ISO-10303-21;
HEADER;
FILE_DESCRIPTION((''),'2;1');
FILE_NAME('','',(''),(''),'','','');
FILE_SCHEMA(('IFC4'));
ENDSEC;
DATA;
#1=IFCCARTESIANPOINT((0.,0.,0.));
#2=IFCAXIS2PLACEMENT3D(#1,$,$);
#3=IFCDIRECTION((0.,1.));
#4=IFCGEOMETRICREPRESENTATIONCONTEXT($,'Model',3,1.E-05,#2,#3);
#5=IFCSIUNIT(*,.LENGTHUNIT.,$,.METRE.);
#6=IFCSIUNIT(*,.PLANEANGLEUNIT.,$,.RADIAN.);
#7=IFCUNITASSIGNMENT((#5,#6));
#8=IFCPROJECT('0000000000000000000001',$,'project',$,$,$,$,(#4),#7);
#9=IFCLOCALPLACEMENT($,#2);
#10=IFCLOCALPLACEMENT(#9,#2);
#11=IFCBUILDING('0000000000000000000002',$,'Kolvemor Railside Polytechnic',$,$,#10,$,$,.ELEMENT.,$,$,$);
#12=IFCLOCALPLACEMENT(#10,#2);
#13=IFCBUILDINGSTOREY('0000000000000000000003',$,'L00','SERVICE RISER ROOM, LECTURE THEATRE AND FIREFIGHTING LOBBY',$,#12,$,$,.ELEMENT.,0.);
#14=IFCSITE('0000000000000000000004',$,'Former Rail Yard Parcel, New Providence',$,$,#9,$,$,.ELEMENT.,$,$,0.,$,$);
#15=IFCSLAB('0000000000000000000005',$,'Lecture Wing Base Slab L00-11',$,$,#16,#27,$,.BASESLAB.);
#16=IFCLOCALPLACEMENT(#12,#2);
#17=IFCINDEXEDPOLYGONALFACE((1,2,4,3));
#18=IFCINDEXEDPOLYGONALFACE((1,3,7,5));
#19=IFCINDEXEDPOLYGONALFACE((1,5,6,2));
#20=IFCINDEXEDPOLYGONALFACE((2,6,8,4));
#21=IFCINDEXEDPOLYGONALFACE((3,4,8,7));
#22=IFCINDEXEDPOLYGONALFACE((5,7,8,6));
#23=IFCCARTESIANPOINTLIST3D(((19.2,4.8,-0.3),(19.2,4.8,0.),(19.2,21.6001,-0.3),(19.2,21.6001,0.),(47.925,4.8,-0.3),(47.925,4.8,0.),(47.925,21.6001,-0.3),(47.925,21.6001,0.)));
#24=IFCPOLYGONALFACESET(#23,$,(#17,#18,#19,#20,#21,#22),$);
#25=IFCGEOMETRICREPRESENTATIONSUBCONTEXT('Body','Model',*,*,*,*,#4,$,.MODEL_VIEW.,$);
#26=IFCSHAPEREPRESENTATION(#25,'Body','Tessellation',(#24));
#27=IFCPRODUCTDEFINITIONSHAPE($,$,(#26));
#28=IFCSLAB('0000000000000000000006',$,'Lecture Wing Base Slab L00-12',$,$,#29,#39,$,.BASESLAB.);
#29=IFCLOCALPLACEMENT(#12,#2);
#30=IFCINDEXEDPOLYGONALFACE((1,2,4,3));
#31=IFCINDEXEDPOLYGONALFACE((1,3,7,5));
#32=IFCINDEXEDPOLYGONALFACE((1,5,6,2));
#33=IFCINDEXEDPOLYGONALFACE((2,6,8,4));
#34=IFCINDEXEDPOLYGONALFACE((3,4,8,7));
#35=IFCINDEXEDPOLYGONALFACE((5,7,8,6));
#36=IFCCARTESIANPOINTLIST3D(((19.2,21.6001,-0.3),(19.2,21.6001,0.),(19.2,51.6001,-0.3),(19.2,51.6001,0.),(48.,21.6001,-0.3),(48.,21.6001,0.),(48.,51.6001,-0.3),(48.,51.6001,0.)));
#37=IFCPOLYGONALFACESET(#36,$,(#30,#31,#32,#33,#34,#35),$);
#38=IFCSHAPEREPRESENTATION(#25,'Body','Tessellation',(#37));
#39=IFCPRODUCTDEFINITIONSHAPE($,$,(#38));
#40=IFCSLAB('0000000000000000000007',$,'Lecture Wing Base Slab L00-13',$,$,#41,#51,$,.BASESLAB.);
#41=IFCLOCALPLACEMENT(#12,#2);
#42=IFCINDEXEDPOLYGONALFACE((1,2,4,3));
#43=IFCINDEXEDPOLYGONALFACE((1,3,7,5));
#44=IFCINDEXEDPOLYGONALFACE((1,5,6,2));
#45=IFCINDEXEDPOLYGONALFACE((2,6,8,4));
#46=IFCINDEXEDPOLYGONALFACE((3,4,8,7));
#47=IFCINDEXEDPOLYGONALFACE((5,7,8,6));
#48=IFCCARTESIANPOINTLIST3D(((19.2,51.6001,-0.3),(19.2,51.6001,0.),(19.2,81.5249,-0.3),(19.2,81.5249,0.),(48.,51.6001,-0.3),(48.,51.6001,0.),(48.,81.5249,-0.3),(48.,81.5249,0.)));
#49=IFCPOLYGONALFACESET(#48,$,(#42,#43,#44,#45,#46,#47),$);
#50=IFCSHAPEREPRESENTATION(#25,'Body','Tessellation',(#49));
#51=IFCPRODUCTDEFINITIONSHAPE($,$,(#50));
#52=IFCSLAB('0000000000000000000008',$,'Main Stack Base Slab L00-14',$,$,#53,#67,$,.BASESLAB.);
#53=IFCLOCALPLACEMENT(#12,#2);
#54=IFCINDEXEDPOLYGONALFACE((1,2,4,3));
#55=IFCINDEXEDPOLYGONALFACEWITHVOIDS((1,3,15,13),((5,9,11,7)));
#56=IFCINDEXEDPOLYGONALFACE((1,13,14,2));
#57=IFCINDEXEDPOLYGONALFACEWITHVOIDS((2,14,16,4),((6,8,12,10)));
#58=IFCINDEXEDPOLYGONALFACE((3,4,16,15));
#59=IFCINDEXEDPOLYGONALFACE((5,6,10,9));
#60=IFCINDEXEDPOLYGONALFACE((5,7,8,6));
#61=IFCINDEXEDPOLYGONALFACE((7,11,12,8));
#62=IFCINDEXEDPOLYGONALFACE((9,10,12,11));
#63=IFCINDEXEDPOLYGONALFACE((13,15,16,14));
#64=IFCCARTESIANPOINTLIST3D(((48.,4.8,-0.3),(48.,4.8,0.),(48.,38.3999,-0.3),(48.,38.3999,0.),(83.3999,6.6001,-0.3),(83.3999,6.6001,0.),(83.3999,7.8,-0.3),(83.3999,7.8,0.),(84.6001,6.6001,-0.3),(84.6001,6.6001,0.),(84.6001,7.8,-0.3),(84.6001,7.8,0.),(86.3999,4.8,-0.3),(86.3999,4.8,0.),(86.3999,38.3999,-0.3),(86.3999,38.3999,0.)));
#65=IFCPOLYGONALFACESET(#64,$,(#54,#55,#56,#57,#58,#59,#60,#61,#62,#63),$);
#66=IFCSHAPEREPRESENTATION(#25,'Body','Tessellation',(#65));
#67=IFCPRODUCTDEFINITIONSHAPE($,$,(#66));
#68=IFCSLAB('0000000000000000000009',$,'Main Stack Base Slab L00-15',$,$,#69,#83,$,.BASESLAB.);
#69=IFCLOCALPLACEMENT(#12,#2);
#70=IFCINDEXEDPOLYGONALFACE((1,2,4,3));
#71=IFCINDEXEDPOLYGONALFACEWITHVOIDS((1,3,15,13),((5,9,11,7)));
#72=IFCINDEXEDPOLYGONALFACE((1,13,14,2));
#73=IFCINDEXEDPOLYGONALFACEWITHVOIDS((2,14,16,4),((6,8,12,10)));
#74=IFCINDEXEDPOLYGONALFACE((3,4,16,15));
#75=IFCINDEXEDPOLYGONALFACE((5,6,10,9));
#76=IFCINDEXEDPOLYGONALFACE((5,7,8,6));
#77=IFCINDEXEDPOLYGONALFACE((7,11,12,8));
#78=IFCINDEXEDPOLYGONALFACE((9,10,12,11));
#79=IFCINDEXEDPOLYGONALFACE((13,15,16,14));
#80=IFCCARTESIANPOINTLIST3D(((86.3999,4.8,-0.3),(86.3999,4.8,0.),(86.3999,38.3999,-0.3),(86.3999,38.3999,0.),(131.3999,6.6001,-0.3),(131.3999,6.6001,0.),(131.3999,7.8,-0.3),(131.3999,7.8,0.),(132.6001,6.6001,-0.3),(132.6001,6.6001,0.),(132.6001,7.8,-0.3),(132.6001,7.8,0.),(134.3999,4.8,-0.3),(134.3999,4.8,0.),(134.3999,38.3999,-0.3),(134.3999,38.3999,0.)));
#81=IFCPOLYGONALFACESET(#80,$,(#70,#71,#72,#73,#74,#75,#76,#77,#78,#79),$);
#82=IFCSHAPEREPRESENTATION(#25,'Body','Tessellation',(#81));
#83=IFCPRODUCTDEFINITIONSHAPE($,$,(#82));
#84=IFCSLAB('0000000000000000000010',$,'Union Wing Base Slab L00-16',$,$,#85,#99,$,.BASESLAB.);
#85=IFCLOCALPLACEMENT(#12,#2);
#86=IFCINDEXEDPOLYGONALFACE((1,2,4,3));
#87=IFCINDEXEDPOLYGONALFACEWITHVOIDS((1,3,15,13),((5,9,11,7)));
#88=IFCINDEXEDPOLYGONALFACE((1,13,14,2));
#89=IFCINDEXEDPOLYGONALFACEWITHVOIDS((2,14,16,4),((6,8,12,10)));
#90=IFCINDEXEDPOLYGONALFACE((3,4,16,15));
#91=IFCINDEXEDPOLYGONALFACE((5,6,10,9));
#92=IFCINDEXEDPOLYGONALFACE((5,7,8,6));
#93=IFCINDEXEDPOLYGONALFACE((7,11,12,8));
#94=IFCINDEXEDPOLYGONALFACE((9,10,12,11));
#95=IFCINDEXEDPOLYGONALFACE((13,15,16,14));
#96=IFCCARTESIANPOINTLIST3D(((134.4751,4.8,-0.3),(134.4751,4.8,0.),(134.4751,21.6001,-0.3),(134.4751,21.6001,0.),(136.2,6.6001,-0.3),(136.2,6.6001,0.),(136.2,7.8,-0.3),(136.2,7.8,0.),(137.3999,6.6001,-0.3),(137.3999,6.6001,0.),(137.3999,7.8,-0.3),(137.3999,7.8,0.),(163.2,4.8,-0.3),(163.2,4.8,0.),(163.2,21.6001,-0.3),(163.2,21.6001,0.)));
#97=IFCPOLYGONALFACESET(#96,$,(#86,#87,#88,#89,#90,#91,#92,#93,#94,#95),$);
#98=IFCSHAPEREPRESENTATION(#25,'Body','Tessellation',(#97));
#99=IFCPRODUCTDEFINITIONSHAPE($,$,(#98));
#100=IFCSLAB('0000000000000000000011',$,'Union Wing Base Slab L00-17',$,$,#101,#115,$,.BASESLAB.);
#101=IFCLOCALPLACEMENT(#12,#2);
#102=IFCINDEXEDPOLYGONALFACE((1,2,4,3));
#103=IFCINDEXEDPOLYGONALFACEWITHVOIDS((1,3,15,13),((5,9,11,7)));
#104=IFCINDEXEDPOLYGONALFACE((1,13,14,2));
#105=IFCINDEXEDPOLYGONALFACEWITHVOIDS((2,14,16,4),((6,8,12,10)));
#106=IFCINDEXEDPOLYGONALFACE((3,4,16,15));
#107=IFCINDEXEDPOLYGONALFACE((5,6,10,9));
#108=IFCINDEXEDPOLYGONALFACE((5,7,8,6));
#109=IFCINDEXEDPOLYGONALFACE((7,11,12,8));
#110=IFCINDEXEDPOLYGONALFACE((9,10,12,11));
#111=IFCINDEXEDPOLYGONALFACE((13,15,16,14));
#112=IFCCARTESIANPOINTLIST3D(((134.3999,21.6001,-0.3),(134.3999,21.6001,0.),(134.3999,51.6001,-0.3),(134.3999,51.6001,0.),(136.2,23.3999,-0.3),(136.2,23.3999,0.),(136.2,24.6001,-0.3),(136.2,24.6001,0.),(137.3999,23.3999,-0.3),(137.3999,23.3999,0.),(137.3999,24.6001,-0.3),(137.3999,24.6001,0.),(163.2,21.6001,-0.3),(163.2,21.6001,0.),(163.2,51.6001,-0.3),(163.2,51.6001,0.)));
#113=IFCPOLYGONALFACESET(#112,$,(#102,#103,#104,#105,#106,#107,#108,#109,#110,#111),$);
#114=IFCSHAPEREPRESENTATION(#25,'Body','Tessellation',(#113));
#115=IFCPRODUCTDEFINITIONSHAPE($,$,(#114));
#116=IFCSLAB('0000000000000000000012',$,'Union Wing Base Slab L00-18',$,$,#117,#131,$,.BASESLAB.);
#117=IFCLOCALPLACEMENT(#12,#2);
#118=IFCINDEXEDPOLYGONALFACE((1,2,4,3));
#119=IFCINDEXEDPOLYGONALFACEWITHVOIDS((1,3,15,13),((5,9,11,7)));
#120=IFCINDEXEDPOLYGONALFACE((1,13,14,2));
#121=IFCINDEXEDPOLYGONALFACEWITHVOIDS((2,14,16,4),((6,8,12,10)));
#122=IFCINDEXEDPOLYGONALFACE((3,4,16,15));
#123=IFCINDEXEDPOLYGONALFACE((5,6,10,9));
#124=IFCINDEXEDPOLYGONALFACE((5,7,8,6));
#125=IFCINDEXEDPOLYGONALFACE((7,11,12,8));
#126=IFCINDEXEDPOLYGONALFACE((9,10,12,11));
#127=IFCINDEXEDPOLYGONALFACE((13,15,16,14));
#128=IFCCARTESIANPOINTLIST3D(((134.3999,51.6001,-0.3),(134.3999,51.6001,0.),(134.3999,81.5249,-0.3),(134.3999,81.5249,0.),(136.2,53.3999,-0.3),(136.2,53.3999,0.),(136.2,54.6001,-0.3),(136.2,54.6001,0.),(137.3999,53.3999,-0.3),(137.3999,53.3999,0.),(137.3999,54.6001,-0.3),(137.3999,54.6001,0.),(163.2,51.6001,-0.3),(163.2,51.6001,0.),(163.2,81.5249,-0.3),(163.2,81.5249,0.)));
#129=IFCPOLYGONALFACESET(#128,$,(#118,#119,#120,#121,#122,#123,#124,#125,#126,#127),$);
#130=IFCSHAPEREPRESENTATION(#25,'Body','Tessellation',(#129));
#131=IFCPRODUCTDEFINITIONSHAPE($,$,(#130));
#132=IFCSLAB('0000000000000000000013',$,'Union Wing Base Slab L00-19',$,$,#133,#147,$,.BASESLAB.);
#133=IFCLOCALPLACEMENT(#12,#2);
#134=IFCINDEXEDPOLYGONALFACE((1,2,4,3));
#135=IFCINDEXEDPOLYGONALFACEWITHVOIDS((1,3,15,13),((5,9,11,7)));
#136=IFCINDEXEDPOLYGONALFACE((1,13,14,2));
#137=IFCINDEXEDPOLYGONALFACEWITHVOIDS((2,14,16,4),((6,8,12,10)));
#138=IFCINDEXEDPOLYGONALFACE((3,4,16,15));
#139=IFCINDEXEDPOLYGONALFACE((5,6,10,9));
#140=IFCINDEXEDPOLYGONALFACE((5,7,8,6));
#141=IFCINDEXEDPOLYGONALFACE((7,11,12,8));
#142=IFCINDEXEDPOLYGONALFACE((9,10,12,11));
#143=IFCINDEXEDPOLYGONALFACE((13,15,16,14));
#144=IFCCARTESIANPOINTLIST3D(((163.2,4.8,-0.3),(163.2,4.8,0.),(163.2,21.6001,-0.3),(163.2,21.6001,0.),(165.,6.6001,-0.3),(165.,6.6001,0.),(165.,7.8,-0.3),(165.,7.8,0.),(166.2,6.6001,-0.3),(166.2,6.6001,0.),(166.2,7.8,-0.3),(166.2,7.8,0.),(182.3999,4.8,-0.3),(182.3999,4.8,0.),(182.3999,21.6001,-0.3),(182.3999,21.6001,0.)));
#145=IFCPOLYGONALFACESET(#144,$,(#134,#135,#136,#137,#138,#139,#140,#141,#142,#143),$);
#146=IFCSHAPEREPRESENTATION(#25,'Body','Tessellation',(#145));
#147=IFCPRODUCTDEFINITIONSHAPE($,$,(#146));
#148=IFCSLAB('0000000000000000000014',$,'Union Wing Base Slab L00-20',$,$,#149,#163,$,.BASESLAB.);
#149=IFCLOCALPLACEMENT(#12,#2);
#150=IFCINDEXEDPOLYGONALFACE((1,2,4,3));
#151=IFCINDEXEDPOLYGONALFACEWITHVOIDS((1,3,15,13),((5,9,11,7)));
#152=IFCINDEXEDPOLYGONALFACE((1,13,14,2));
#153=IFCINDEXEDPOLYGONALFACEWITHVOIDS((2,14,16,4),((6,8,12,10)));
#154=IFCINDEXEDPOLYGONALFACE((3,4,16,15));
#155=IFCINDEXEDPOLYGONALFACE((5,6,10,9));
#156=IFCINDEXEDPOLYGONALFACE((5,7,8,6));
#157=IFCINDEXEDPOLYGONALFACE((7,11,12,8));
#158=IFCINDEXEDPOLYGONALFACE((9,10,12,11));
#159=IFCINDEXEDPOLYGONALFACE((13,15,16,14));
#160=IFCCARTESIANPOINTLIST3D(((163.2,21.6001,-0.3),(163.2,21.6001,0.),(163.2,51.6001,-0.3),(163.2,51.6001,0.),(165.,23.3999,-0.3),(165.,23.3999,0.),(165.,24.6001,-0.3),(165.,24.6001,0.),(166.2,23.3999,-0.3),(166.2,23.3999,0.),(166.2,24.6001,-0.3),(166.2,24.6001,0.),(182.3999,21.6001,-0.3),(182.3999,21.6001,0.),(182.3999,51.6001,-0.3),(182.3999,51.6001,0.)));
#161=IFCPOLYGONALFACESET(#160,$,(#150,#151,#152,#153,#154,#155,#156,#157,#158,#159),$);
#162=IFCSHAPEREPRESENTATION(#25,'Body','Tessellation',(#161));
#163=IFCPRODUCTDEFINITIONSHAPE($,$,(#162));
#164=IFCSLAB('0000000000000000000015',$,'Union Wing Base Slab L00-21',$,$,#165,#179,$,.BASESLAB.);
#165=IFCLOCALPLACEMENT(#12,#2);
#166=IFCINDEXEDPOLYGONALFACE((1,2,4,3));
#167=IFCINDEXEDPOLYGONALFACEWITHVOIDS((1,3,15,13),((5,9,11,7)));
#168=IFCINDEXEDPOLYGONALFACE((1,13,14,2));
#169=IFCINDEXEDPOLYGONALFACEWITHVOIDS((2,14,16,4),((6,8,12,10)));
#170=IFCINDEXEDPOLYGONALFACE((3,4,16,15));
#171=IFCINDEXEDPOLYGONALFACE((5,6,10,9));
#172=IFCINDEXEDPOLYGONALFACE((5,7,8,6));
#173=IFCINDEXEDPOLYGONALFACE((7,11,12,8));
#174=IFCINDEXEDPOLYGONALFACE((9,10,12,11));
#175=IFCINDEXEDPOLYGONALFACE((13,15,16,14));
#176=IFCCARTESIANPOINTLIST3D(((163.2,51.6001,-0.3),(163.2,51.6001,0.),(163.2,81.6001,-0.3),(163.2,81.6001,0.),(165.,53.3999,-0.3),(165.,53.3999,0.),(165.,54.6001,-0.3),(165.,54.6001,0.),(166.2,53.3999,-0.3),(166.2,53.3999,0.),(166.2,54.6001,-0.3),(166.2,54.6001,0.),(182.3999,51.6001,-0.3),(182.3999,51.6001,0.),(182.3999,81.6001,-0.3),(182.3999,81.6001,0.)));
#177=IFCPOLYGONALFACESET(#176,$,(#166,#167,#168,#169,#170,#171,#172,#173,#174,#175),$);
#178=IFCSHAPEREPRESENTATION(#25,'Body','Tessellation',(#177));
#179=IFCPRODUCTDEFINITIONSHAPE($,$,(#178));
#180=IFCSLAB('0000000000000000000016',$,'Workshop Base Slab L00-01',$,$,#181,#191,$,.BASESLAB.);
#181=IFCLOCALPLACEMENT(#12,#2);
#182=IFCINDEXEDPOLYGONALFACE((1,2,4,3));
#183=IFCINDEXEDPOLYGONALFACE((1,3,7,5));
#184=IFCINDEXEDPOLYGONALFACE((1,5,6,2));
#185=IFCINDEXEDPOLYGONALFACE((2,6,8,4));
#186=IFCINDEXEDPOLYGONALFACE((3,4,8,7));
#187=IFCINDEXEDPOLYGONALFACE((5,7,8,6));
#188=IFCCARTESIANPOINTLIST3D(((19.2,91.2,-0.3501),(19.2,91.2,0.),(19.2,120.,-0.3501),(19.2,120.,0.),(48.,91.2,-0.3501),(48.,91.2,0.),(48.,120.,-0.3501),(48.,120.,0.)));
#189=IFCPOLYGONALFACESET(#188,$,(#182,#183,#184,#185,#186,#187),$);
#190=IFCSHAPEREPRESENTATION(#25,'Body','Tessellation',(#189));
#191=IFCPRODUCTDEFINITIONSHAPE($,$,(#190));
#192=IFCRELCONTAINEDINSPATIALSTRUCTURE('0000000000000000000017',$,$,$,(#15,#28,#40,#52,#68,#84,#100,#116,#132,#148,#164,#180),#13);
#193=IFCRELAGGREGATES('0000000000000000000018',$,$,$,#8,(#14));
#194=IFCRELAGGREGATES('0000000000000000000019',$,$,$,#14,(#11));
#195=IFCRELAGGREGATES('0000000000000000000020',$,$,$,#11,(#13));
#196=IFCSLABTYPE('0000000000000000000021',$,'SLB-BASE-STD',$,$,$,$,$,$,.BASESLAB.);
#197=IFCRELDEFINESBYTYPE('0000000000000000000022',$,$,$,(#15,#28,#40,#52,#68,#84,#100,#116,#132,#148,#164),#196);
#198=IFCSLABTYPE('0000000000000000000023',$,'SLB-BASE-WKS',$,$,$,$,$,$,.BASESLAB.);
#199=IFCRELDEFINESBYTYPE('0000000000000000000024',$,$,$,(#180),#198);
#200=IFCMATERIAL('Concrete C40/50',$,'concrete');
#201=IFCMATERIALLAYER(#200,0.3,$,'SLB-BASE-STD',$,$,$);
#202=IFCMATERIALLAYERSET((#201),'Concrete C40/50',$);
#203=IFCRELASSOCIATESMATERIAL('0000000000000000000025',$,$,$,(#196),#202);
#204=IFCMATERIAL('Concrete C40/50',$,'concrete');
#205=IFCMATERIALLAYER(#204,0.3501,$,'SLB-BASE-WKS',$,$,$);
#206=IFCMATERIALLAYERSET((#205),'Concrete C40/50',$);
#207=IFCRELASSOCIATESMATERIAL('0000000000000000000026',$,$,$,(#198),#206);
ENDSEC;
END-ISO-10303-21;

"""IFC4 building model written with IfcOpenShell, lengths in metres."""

from ifc_helpers import new_model, si_unit, direction, frame, origin, place, context, subcontext, project, spatial, polyline, outline, extrude, material, layer, layer_set, type_object, element, save


model = new_model("IFC4")

# Units and contexts
model_context = context("Model", 3, precision=1e-05, world=origin(), true_north=direction((0.0, 1.0)))
body_context = subcontext(model_context, "Body", "Model", "MODEL_VIEW")
ifc_project = project(units=[si_unit("LENGTHUNIT", "METRE"), si_unit("PLANEANGLEUNIT", "RADIAN")], contexts=[model_context])

# Site, building, storey
site_placement = place(None, origin())
site = spatial("IfcSite", under=ifc_project, at=site_placement, Name="Former Rail Yard Parcel, New Providence", CompositionType="ELEMENT", RefElevation=0.0)
building_placement = place(site_placement, origin())
building = spatial("IfcBuilding", under=site, at=building_placement, Name="Kolvemor Railside Polytechnic", CompositionType="ELEMENT")
storey_placement = place(building_placement, origin())
storey = spatial("IfcBuildingStorey", under=building, at=storey_placement, Name="L00", Description="SERVICE RISER ROOM, LECTURE THEATRE AND FIREFIGHTING LOBBY", CompositionType="ELEMENT", Elevation=0.0)

# Slabs
ifc_material_1 = material(Name="Concrete C40/50", Category="concrete")
ifc_layer_1 = layer(ifc_material_1, 0.3, Name="SLB-BASE-STD")
ifc_layer_set_1 = layer_set([ifc_layer_1], Name="Concrete C40/50")
slab_type_1 = type_object("IfcSlabType", Name="SLB-BASE-STD", PredefinedType="BASESLAB", material=ifc_layer_set_1)
slab_1_placement = place(storey_placement, frame((0.0, 0.0, -0.3)))
element("IfcSlab", 1, at=slab_1_placement, inside=storey, type_object=slab_type_1, Name="Lecture Wing Base Slab L00-11", PredefinedType="BASESLAB", context=body_context, shape_type="SweptSolid", body=[
    extrude(outline(polyline([(19.2, 4.8), (47.925, 4.8), (47.925, 21.6001), (19.2, 21.6001), (19.2, 4.8)])), origin(), (0.0, 0.0, 1.0), 0.3),
])
slab_2_placement = place(storey_placement, frame((0.0, 0.0, -0.3)))
element("IfcSlab", 2, at=slab_2_placement, inside=storey, type_object=slab_type_1, Name="Lecture Wing Base Slab L00-12", PredefinedType="BASESLAB", context=body_context, shape_type="SweptSolid", body=[
    extrude(outline(polyline([(19.2, 21.6001), (48.0, 21.6001), (48.0, 51.6001), (19.2, 51.6001), (19.2, 21.6001)])), origin(), (0.0, 0.0, 1.0), 0.3),
])
slab_3_placement = place(storey_placement, frame((0.0, 0.0, -0.3)))
element("IfcSlab", 3, at=slab_3_placement, inside=storey, type_object=slab_type_1, Name="Lecture Wing Base Slab L00-13", PredefinedType="BASESLAB", context=body_context, shape_type="SweptSolid", body=[
    extrude(outline(polyline([(19.2, 51.6001), (48.0, 51.6001), (48.0, 81.5249), (19.2, 81.5249), (19.2, 51.6001)])), origin(), (0.0, 0.0, 1.0), 0.3),
])
slab_4_placement = place(storey_placement, frame((0.0, 0.0, -0.3)))
element("IfcSlab", 4, at=slab_4_placement, inside=storey, type_object=slab_type_1, Name="Main Stack Base Slab L00-14", PredefinedType="BASESLAB", context=body_context, shape_type="SweptSolid", body=[
    extrude(outline(polyline([(48.0, 4.8), (86.3999, 4.8), (86.3999, 38.3999), (48.0, 38.3999), (48.0, 4.8)]), holes=[polyline([(83.3999, 6.6001), (84.6001, 6.6001), (84.6001, 7.8), (83.3999, 7.8), (83.3999, 6.6001)])]), origin(), (0.0, 0.0, 1.0), 0.3),
])
slab_5_placement = place(storey_placement, frame((0.0, 0.0, -0.3)))
element("IfcSlab", 5, at=slab_5_placement, inside=storey, type_object=slab_type_1, Name="Main Stack Base Slab L00-15", PredefinedType="BASESLAB", context=body_context, shape_type="SweptSolid", body=[
    extrude(outline(polyline([(86.3999, 4.8), (134.3999, 4.8), (134.3999, 38.3999), (86.3999, 38.3999), (86.3999, 4.8)]), holes=[polyline([(131.3999, 6.6001), (132.6001, 6.6001), (132.6001, 7.8), (131.3999, 7.8), (131.3999, 6.6001)])]), origin(), (0.0, 0.0, 1.0), 0.3),
])
slab_6_placement = place(storey_placement, frame((0.0, 0.0, -0.3)))
element("IfcSlab", 6, at=slab_6_placement, inside=storey, type_object=slab_type_1, Name="Union Wing Base Slab L00-16", PredefinedType="BASESLAB", context=body_context, shape_type="SweptSolid", body=[
    extrude(outline(polyline([(134.4751, 4.8), (163.2, 4.8), (163.2, 21.6001), (134.4751, 21.6001), (134.4751, 4.8)]), holes=[polyline([(136.2, 6.6001), (137.3999, 6.6001), (137.3999, 7.8), (136.2, 7.8), (136.2, 6.6001)])]), origin(), (0.0, 0.0, 1.0), 0.3),
])
slab_7_placement = place(storey_placement, frame((0.0, 0.0, -0.3)))
element("IfcSlab", 7, at=slab_7_placement, inside=storey, type_object=slab_type_1, Name="Union Wing Base Slab L00-17", PredefinedType="BASESLAB", context=body_context, shape_type="SweptSolid", body=[
    extrude(outline(polyline([(134.3999, 21.6001), (163.2, 21.6001), (163.2, 51.6001), (134.3999, 51.6001), (134.3999, 21.6001)]), holes=[polyline([(136.2, 23.3999), (137.3999, 23.3999), (137.3999, 24.6001), (136.2, 24.6001), (136.2, 23.3999)])]), origin(), (0.0, 0.0, 1.0), 0.3),
])
slab_8_placement = place(storey_placement, frame((0.0, 0.0, -0.3)))
element("IfcSlab", 8, at=slab_8_placement, inside=storey, type_object=slab_type_1, Name="Union Wing Base Slab L00-18", PredefinedType="BASESLAB", context=body_context, shape_type="SweptSolid", body=[
    extrude(outline(polyline([(134.3999, 51.6001), (163.2, 51.6001), (163.2, 81.5249), (134.3999, 81.5249), (134.3999, 51.6001)]), holes=[polyline([(136.2, 53.3999), (137.3999, 53.3999), (137.3999, 54.6001), (136.2, 54.6001), (136.2, 53.3999)])]), origin(), (0.0, 0.0, 1.0), 0.3),
])
slab_9_placement = place(storey_placement, frame((0.0, 0.0, -0.3)))
element("IfcSlab", 9, at=slab_9_placement, inside=storey, type_object=slab_type_1, Name="Union Wing Base Slab L00-19", PredefinedType="BASESLAB", context=body_context, shape_type="SweptSolid", body=[
    extrude(outline(polyline([(163.2, 4.8), (182.3999, 4.8), (182.3999, 21.6001), (163.2, 21.6001), (163.2, 4.8)]), holes=[polyline([(165.0, 6.6001), (166.2, 6.6001), (166.2, 7.8), (165.0, 7.8), (165.0, 6.6001)])]), origin(), (0.0, 0.0, 1.0), 0.3),
])
slab_10_placement = place(storey_placement, frame((0.0, 0.0, -0.3)))
element("IfcSlab", 10, at=slab_10_placement, inside=storey, type_object=slab_type_1, Name="Union Wing Base Slab L00-20", PredefinedType="BASESLAB", context=body_context, shape_type="SweptSolid", body=[
    extrude(outline(polyline([(163.2, 21.6001), (182.3999, 21.6001), (182.3999, 51.6001), (163.2, 51.6001), (163.2, 21.6001)]), holes=[polyline([(165.0, 23.3999), (166.2, 23.3999), (166.2, 24.6001), (165.0, 24.6001), (165.0, 23.3999)])]), origin(), (0.0, 0.0, 1.0), 0.3),
])
slab_11_placement = place(storey_placement, frame((0.0, 0.0, -0.3)))
element("IfcSlab", 11, at=slab_11_placement, inside=storey, type_object=slab_type_1, Name="Union Wing Base Slab L00-21", PredefinedType="BASESLAB", context=body_context, shape_type="SweptSolid", body=[
    extrude(outline(polyline([(163.2, 51.6001), (182.3999, 51.6001), (182.3999, 81.6001), (163.2, 81.6001), (163.2, 51.6001)]), holes=[polyline([(165.0, 53.3999), (166.2, 53.3999), (166.2, 54.6001), (165.0, 54.6001), (165.0, 53.3999)])]), origin(), (0.0, 0.0, 1.0), 0.3),
])
ifc_material_2 = material(Name="Concrete C40/50", Category="concrete")
ifc_layer_2 = layer(ifc_material_2, 0.3501, Name="SLB-BASE-WKS")
ifc_layer_set_2 = layer_set([ifc_layer_2], Name="Concrete C40/50")
slab_type_2 = type_object("IfcSlabType", Name="SLB-BASE-WKS", PredefinedType="BASESLAB", material=ifc_layer_set_2)
slab_12_placement = place(storey_placement, frame((0.0, 0.0, -0.3501)))
element("IfcSlab", 12, at=slab_12_placement, inside=storey, type_object=slab_type_2, Name="Workshop Base Slab L00-01", PredefinedType="BASESLAB", context=body_context, shape_type="SweptSolid", body=[
    extrude(outline(polyline([(19.2, 91.2), (48.0, 91.2), (48.0, 120.0), (19.2, 120.0), (19.2, 91.2)])), origin(), (0.0, 0.0, 1.0), 0.3501),
])

save(model, "model.ifc")
